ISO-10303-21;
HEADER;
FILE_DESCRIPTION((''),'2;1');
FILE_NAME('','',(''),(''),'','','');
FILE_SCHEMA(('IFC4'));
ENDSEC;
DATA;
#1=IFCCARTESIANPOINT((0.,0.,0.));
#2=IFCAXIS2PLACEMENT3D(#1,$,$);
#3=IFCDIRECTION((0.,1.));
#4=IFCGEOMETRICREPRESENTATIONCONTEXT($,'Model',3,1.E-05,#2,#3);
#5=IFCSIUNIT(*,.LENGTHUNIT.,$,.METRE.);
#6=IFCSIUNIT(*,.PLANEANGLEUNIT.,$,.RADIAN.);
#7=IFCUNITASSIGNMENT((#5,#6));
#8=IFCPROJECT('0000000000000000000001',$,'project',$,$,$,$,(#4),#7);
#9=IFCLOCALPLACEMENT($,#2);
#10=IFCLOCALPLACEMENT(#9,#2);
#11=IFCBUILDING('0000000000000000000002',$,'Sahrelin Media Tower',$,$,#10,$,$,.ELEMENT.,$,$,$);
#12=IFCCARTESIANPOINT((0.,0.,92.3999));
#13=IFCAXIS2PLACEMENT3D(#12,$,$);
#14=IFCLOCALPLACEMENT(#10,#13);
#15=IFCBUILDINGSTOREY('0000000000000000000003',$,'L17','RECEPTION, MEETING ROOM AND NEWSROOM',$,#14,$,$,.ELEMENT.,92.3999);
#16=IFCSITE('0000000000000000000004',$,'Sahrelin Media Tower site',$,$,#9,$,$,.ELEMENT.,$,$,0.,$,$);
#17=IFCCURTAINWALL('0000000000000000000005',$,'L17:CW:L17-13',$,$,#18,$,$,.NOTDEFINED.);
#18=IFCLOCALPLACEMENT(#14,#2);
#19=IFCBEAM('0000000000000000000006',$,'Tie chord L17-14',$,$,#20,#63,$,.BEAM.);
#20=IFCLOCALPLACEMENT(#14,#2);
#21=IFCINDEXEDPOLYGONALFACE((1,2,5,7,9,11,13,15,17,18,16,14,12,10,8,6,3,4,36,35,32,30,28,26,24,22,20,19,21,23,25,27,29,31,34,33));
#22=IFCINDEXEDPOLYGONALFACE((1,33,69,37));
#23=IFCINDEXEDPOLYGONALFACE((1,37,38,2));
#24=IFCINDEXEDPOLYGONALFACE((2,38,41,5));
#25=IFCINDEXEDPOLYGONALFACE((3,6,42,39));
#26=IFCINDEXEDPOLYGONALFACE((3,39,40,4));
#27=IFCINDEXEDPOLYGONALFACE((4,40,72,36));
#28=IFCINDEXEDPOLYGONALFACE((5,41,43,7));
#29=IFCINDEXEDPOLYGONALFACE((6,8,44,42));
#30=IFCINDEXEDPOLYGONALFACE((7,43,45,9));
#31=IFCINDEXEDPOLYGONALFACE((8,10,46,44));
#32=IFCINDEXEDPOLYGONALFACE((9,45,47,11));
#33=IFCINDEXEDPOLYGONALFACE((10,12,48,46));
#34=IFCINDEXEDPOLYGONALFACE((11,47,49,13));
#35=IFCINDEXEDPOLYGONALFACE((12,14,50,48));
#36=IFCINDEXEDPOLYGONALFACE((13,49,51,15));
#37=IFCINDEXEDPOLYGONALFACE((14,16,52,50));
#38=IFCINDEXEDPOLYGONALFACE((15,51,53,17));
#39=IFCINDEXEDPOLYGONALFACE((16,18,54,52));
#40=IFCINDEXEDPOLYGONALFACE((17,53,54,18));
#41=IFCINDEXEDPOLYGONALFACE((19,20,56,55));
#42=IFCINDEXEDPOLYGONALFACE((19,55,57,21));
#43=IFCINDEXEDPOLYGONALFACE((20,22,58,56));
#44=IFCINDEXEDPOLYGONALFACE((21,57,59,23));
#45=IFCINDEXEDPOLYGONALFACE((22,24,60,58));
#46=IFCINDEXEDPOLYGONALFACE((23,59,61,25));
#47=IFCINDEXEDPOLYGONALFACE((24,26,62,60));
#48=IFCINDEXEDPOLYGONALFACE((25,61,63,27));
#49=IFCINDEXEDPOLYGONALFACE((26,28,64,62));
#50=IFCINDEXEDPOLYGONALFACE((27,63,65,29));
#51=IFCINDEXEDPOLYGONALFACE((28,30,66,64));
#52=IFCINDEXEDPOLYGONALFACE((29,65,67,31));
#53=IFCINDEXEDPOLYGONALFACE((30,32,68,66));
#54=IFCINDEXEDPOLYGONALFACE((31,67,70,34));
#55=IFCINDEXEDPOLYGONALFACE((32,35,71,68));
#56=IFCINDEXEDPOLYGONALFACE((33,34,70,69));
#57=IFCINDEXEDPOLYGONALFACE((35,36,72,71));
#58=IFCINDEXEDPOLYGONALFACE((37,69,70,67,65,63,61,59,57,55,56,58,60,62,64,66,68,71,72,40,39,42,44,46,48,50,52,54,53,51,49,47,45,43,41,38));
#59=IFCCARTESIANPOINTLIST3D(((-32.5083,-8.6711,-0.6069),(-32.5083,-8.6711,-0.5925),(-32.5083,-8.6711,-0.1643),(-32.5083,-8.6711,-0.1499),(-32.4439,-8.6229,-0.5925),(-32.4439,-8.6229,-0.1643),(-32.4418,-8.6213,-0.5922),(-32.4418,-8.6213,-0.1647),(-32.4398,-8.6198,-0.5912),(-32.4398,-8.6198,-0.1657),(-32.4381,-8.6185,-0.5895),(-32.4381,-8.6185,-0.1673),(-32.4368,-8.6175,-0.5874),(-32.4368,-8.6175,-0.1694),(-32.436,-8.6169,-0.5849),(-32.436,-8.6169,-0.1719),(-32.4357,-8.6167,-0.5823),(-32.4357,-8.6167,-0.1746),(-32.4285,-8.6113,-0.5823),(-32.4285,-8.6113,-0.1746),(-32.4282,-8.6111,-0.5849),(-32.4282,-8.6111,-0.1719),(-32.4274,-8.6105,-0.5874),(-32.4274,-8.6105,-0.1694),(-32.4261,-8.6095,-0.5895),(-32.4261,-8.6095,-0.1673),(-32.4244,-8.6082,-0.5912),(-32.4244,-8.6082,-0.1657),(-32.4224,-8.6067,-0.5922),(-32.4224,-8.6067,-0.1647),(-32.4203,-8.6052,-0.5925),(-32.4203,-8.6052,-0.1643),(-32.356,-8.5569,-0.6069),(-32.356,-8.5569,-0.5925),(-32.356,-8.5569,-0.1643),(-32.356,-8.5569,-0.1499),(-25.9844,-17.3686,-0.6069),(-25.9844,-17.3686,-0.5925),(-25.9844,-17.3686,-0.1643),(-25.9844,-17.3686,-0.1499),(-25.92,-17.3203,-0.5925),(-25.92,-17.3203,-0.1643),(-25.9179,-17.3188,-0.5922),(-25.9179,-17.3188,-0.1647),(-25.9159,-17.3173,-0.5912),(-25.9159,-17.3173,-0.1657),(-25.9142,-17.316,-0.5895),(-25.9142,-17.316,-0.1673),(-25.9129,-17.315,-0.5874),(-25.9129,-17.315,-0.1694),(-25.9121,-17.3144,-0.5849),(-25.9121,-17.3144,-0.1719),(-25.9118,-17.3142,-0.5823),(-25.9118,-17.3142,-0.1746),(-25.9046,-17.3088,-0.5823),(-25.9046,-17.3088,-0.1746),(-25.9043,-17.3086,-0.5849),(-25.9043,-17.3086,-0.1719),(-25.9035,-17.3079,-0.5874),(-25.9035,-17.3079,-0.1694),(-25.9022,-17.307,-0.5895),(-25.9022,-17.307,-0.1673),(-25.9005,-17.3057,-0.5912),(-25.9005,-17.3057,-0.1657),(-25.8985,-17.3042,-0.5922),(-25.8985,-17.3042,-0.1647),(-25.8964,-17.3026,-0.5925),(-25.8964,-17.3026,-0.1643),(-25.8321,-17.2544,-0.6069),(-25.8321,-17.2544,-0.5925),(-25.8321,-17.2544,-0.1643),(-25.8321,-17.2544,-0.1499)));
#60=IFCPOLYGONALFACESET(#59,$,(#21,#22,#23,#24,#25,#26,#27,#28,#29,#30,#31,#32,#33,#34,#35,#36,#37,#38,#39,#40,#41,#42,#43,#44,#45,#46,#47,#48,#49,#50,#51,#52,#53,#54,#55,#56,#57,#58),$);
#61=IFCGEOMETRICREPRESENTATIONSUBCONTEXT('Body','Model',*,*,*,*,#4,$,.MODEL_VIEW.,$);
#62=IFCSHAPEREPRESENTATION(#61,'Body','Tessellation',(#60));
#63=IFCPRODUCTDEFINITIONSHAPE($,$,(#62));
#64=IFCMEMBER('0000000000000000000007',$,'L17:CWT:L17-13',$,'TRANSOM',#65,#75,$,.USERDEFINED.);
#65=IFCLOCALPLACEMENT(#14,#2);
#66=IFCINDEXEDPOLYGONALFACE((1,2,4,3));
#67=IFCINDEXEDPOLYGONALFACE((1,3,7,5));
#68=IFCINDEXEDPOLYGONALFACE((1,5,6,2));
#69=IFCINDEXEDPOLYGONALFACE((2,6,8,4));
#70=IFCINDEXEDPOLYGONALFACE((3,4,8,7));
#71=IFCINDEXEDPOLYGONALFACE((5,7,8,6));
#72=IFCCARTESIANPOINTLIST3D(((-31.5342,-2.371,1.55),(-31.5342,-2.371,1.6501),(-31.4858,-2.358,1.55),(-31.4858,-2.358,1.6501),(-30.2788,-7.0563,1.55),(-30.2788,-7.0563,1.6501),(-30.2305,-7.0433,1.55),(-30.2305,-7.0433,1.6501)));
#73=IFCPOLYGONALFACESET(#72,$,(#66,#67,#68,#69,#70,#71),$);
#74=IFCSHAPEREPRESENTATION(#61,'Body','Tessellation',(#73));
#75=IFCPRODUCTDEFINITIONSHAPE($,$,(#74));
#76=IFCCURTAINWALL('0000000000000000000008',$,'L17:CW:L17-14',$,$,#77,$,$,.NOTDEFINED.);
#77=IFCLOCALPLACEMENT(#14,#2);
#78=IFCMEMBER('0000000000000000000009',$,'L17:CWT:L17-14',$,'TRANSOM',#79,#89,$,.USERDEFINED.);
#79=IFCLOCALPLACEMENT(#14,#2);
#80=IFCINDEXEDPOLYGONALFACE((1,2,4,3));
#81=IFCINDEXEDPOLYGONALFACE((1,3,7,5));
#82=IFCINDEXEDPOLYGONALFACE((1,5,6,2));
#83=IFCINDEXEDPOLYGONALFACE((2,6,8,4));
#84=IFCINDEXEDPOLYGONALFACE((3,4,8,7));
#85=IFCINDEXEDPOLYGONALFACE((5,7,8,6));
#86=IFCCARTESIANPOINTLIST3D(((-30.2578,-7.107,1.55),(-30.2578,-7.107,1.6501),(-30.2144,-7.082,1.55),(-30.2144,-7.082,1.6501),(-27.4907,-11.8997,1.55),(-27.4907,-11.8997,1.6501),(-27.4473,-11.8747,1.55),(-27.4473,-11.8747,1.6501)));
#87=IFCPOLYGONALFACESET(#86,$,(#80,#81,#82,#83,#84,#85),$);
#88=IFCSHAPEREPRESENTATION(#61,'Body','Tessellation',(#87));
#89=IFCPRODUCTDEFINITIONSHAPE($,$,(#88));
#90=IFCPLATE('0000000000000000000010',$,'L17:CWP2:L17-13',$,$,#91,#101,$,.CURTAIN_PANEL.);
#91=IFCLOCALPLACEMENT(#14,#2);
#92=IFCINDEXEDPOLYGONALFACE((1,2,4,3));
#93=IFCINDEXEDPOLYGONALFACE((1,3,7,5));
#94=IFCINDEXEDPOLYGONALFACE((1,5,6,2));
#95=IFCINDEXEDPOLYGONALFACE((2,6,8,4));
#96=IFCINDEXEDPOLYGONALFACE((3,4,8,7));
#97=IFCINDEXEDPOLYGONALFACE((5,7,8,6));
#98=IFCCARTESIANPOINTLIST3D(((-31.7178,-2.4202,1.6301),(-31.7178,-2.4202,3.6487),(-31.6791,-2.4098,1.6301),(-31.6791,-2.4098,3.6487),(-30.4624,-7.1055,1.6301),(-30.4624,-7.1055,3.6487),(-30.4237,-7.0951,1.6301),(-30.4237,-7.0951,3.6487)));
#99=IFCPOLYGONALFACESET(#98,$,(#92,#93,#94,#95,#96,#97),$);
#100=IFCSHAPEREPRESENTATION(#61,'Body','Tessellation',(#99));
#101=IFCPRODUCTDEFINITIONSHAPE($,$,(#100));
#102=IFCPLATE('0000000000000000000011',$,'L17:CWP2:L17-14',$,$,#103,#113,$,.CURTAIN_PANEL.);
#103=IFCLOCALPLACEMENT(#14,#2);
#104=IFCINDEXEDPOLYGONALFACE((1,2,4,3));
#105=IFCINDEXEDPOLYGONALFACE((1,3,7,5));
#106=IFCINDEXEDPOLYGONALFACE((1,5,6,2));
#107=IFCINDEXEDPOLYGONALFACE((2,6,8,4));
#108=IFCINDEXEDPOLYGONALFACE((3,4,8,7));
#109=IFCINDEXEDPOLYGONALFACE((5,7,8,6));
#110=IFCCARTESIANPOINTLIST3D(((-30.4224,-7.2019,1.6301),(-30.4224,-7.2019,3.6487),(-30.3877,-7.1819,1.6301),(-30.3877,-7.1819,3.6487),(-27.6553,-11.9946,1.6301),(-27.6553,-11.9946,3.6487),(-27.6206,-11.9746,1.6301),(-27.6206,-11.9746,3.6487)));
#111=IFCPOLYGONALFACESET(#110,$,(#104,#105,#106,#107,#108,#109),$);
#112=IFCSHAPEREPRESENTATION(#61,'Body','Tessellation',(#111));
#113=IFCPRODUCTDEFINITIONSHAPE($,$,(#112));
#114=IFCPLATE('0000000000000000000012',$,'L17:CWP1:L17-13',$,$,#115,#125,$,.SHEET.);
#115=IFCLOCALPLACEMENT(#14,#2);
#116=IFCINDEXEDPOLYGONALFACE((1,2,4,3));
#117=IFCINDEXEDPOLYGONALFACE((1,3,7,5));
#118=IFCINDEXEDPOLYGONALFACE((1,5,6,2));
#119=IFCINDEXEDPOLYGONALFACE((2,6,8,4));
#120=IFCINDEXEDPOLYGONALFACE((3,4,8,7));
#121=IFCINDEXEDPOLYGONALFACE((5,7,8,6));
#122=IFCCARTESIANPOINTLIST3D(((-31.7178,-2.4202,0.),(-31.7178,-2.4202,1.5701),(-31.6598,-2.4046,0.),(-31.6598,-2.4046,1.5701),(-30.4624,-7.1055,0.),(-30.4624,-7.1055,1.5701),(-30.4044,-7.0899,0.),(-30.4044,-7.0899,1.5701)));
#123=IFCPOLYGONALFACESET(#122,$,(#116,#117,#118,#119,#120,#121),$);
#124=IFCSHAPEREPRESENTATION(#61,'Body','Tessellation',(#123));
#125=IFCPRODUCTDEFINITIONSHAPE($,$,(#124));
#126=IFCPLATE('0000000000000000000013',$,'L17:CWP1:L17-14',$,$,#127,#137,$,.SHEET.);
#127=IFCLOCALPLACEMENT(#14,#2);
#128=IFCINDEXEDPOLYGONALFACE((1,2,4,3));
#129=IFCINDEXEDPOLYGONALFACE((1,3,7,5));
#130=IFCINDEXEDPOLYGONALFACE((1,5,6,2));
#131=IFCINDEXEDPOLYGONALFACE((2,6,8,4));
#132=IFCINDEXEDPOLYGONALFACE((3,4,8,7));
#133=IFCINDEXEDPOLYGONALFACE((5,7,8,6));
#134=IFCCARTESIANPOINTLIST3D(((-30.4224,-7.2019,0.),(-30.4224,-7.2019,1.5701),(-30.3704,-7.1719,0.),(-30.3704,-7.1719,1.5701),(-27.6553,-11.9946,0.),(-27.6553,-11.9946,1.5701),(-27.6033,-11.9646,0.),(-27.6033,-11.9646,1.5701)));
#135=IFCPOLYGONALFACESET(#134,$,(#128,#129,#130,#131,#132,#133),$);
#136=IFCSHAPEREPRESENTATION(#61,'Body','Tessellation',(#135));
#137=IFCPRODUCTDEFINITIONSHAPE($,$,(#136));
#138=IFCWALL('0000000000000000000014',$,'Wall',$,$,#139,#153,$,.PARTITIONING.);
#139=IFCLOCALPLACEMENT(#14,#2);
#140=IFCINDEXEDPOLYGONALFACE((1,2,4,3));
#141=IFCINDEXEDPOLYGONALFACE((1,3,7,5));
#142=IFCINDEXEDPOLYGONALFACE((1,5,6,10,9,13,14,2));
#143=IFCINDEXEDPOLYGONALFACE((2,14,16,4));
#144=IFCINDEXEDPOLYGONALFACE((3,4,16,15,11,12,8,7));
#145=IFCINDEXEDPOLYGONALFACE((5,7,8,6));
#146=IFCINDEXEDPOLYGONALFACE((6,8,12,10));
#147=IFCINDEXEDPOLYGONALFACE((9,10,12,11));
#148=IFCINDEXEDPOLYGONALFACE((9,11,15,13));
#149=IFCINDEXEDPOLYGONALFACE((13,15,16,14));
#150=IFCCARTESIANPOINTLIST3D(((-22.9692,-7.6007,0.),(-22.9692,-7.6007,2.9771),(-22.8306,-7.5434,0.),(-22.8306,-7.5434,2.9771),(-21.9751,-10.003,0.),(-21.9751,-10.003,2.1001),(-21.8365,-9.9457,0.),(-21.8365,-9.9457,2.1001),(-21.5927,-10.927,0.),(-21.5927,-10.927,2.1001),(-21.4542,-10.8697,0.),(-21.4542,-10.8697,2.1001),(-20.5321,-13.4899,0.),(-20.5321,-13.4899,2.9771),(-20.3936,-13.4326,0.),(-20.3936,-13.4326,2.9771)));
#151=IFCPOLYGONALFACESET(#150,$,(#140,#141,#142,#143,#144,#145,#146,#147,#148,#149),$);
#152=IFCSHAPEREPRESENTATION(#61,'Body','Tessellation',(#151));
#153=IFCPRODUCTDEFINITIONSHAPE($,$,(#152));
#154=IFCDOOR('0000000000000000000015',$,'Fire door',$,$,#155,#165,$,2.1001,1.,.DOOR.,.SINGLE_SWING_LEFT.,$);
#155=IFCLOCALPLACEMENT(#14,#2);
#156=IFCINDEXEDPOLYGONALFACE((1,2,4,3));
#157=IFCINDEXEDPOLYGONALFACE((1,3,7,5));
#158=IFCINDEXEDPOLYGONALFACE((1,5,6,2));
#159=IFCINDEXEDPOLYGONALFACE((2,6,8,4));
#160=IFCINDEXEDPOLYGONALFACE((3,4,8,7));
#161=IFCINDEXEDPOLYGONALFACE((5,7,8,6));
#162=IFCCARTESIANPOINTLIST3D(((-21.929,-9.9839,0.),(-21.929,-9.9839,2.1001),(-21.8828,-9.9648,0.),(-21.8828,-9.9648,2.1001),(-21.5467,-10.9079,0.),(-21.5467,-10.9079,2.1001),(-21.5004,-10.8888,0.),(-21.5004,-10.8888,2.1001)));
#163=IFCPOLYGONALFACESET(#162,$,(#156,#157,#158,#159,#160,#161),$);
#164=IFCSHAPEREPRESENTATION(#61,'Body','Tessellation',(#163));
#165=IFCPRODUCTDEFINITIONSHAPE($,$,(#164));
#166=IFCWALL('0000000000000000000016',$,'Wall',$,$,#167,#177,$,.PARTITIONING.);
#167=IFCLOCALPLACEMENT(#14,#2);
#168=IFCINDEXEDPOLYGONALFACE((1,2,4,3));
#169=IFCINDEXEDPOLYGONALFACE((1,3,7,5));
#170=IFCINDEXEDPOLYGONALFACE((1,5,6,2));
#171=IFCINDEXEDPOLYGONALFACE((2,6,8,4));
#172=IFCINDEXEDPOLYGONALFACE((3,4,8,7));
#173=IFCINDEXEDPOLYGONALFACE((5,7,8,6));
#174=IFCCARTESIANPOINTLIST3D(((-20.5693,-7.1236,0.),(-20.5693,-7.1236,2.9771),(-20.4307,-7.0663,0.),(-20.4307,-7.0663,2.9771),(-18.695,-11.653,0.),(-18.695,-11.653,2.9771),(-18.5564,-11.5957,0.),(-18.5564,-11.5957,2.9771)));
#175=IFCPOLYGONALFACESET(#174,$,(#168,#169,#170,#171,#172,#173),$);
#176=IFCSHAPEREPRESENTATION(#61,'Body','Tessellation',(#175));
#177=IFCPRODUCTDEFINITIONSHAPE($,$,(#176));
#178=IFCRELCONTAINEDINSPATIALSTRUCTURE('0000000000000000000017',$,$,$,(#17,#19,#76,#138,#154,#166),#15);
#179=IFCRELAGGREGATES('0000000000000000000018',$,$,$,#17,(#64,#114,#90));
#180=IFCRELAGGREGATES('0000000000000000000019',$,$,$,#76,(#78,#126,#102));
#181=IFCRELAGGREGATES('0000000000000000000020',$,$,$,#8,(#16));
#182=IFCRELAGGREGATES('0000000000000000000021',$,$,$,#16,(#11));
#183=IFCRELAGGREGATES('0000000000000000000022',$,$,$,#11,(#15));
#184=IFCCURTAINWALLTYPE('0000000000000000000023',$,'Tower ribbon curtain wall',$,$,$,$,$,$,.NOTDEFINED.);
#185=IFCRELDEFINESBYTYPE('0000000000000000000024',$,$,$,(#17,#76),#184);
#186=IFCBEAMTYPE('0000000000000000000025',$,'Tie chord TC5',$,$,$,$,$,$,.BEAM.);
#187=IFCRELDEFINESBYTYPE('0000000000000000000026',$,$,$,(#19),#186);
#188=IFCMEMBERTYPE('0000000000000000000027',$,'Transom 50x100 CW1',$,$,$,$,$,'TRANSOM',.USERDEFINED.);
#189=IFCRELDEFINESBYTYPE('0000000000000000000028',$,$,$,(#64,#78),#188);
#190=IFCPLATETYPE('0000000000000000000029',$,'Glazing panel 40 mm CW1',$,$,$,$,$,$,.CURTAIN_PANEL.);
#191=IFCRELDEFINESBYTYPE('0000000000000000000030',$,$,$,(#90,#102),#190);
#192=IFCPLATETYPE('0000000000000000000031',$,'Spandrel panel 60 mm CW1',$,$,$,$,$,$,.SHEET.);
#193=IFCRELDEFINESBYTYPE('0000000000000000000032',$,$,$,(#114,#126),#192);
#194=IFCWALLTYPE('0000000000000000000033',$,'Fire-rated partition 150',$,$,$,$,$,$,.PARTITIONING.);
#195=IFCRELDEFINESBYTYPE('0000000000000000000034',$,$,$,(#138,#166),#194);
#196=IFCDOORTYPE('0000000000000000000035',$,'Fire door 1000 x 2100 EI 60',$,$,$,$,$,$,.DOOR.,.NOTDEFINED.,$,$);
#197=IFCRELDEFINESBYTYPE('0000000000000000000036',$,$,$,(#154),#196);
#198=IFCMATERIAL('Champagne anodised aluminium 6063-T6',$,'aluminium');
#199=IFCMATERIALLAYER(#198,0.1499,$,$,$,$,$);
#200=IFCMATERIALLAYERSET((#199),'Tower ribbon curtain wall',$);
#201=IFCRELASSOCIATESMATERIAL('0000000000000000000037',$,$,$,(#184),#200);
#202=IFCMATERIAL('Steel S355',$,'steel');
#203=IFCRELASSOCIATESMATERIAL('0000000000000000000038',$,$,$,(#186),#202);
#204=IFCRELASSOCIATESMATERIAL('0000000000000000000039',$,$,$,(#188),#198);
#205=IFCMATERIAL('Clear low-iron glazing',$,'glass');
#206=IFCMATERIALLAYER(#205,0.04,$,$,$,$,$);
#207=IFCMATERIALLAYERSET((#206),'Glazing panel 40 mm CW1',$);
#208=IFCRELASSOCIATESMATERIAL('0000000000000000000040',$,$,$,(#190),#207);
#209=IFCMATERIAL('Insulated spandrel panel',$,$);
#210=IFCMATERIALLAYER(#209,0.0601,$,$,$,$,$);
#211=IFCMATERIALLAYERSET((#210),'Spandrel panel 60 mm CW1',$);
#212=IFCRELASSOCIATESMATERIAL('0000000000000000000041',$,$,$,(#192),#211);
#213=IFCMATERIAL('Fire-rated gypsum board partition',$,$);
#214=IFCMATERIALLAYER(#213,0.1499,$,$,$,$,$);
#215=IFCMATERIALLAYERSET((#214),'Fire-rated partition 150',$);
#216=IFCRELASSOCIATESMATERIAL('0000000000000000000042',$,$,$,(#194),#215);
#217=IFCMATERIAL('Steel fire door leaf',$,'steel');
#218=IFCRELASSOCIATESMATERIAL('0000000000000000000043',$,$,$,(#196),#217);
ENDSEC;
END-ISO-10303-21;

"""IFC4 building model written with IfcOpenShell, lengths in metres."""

from ifc_helpers import new_model, si_unit, direction, frame, frame_2d, origin, origin_2d, place, context, subcontext, project, spatial, polyline, rectangle, i_section, outline, extrude, material, layer, layer_set, material_profile, profile_set, type_object, element, fill, aggregate, save


model = new_model("IFC4")

# Units and contexts
model_context = context("Model", 3, precision=1e-05, world=origin(), true_north=direction((0.0, 1.0)))
body_context = subcontext(model_context, "Body", "Model", "MODEL_VIEW")
ifc_project = project(units=[si_unit("LENGTHUNIT", "METRE"), si_unit("PLANEANGLEUNIT", "RADIAN")], contexts=[model_context])

# Site, building, storey
site_placement = place(None, origin())
site = spatial("IfcSite", under=ifc_project, at=site_placement, Name="Sahrelin Media Tower site", CompositionType="ELEMENT", RefElevation=0.0)
building_placement = place(site_placement, origin())
building = spatial("IfcBuilding", under=site, at=building_placement, Name="Sahrelin Media Tower", CompositionType="ELEMENT")
storey_placement = place(building_placement, frame((0.0, 0.0, 92.3999)))
storey = spatial("IfcBuildingStorey", under=building, at=storey_placement, Name="L17", Description="RECEPTION, MEETING ROOM AND NEWSROOM", CompositionType="ELEMENT", Elevation=92.3999)

# Shared definitions
ifc_material_1 = material(Name="Steel S355", Category="steel")

# Curtain wall
ifc_material_2 = material(Name="Champagne anodised aluminium 6063-T6", Category="aluminium")
ifc_layer_1 = layer(ifc_material_2, 0.1499)
ifc_layer_set_1 = layer_set([ifc_layer_1], Name="Tower ribbon curtain wall")
curtain_wall_type = type_object("IfcCurtainWallType", Name="Tower ribbon curtain wall", PredefinedType="NOTDEFINED", material=ifc_layer_set_1)
curtain_wall_1_placement = place(storey_placement, frame((-31.0708, -4.7576, 0.0), z_axis=(0.0, 0.0, 1.0), x_axis=(1.0, 0.0, 0.0)))
curtain_wall_1 = element("IfcCurtainWall", 1, at=curtain_wall_1_placement, inside=storey, type_object=curtain_wall_type, Name="L17:CW:L17-13", PredefinedType="NOTDEFINED")

# Beam
ifc_material_profile_1 = material_profile(ifc_material_1, i_section(OverallWidth=0.1904, OverallDepth=0.457, WebThickness=0.009, FlangeThickness=0.0144, FilletRadius=0.0103, at=origin_2d()), Name="UB 457x191x74")
ifc_profile_set_1 = profile_set([ifc_material_profile_1], Name="Steel S355")
beam_type_1 = type_object("IfcBeamType", Name="Tie chord TC5", PredefinedType="BEAM", material=ifc_profile_set_1)
beam_1_placement = place(storey_placement, frame((-32.4321, -8.614, -0.3784), z_axis=(0.600047, -0.799965, 0.0), x_axis=(0.799965, 0.600047, 0.0)))
element("IfcBeam", 2, at=beam_1_placement, inside=storey, type_object=beam_type_1, Name="Tie chord L17-14", PredefinedType="BEAM", context=body_context, shape_type="SweptSolid", body=[
    extrude(i_section(OverallWidth=0.1904, OverallDepth=0.457, WebThickness=0.009, FlangeThickness=0.0144, FilletRadius=0.0103, at=origin_2d()), origin(), (0.0, 0.0, 1.0), 10.8723),
])

# Member
ifc_material_profile_2 = material_profile(ifc_material_2, rectangle(XDim=0.05, YDim=0.1001, at=origin_2d()), Name="Transom 50x100")
ifc_profile_set_2 = profile_set([ifc_material_profile_2], Name="Champagne anodised aluminium 6063-T6")
member_type_1 = type_object("IfcMemberType", Name="Transom 50x100 CW1", ElementType="TRANSOM", PredefinedType="USERDEFINED", material=ifc_profile_set_2)
member_1_placement = place(storey_placement, frame((-31.51, -2.3645, 1.6001), z_axis=(0.258809, -0.965929, 0.0), x_axis=(0.965929, 0.258809, 0.0)))
member_1 = element("IfcMember", 3, at=member_1_placement, type_object=member_type_1, Name="L17:CWT:L17-13", ObjectType="TRANSOM", PredefinedType="USERDEFINED", context=body_context, shape_type="SweptSolid", body=[
    extrude(rectangle(XDim=0.05, YDim=0.1001, at=origin_2d()), origin(), (0.0, 0.0, 1.0), 4.8506),
])

# Curtain wall, member
curtain_wall_2_placement = place(storey_placement, frame((-29.0215, -9.5884, 0.0), z_axis=(0.0, 0.0, 1.0), x_axis=(1.0, 0.0, 0.0)))
curtain_wall_2 = element("IfcCurtainWall", 4, at=curtain_wall_2_placement, inside=storey, type_object=curtain_wall_type, Name="L17:CW:L17-14", PredefinedType="NOTDEFINED")
member_2_placement = place(storey_placement, frame((-30.2361, -7.0945, 1.6001), z_axis=(0.500001, -0.866025, 0.0), x_axis=(0.866025, 0.500001, 0.0)))
member_2 = element("IfcMember", 5, at=member_2_placement, type_object=member_type_1, Name="L17:CWT:L17-14", ObjectType="TRANSOM", PredefinedType="USERDEFINED", context=body_context, shape_type="SweptSolid", body=[
    extrude(rectangle(XDim=0.05, YDim=0.1001, at=origin_2d()), origin(), (0.0, 0.0, 1.0), 5.5342),
])

# Plates
ifc_material_3 = material(Name="Clear low-iron glazing", Category="glass")
ifc_layer_2 = layer(ifc_material_3, 0.04)
ifc_layer_set_2 = layer_set([ifc_layer_2], Name="Glazing panel 40 mm CW1")
plate_type_1 = type_object("IfcPlateType", Name="Glazing panel 40 mm CW1", PredefinedType="CURTAIN_PANEL", material=ifc_layer_set_2)
plate_1_placement = place(storey_placement, frame((-31.7178, -2.4202, 1.6301), z_axis=(-0.965929, -0.258809, 0.0), x_axis=(0.258809, -0.965929, 0.0)))
plate_1 = element("IfcPlate", 6, at=plate_1_placement, type_object=plate_type_1, Name="L17:CWP2:L17-13", PredefinedType="CURTAIN_PANEL", context=body_context, shape_type="SweptSolid", body=[
    extrude(outline(polyline([(0.0, 0.0), (4.8506, 0.0), (4.8506, 2.0186), (0.0, 2.0186), (0.0, 0.0)])), origin(), (0.0, 0.0, -1.0), 0.04),
])
plate_2_placement = place(storey_placement, frame((-30.4224, -7.2019, 1.6301), z_axis=(-0.866025, -0.500001, 0.0), x_axis=(0.500001, -0.866025, 0.0)))
plate_2 = element("IfcPlate", 7, at=plate_2_placement, type_object=plate_type_1, Name="L17:CWP2:L17-14", PredefinedType="CURTAIN_PANEL", context=body_context, shape_type="SweptSolid", body=[
    extrude(outline(polyline([(0.0, 0.0), (5.5342, 0.0), (5.5342, 2.0186), (0.0, 2.0186), (0.0, 0.0)])), origin(), (0.0, 0.0, -1.0), 0.04),
])
ifc_material_4 = material(Name="Insulated spandrel panel")
ifc_layer_3 = layer(ifc_material_4, 0.0601)
ifc_layer_set_3 = layer_set([ifc_layer_3], Name="Spandrel panel 60 mm CW1")
plate_type_2 = type_object("IfcPlateType", Name="Spandrel panel 60 mm CW1", PredefinedType="SHEET", material=ifc_layer_set_3)
plate_3_placement = place(storey_placement, frame((-31.7178, -2.4202, 0.0), z_axis=(-0.965929, -0.258809, 0.0), x_axis=(0.258809, -0.965929, 0.0)))
plate_3 = element("IfcPlate", 8, at=plate_3_placement, type_object=plate_type_2, Name="L17:CWP1:L17-13", PredefinedType="SHEET", context=body_context, shape_type="SweptSolid", body=[
    extrude(outline(polyline([(0.0, 0.0), (4.8506, 0.0), (4.8506, 1.5701), (0.0, 1.5701), (0.0, 0.0)])), origin(), (0.0, 0.0, -1.0), 0.0601),
])
aggregate(curtain_wall_1, [member_1, plate_3, plate_1])
plate_4_placement = place(storey_placement, frame((-30.4224, -7.2019, 0.0), z_axis=(-0.866025, -0.500001, 0.0), x_axis=(0.500001, -0.866025, 0.0)))
plate_4 = element("IfcPlate", 9, at=plate_4_placement, type_object=plate_type_2, Name="L17:CWP1:L17-14", PredefinedType="SHEET", context=body_context, shape_type="SweptSolid", body=[
    extrude(outline(polyline([(0.0, 0.0), (5.5342, 0.0), (5.5342, 1.5701), (0.0, 1.5701), (0.0, 0.0)])), origin(), (0.0, 0.0, -1.0), 0.0601),
])
aggregate(curtain_wall_2, [member_2, plate_4, plate_2])

# Wall, opening, door
ifc_material_5 = material(Name="Fire-rated gypsum board partition")
ifc_layer_4 = layer(ifc_material_5, 0.1499)
ifc_layer_set_4 = layer_set([ifc_layer_4], Name="Fire-rated partition 150")
wall_type_1 = type_object("IfcWallType", Name="Fire-rated partition 150", PredefinedType="PARTITIONING", material=ifc_layer_set_4)
wall_1_placement = place(storey_placement, frame((-22.8999, -7.572, 0.0), z_axis=(0.0, 0.0, 1.0), x_axis=(0.382368, -0.92401, 0.0)))
wall_1 = element("IfcWall", 10, at=wall_1_placement, inside=storey, type_object=wall_type_1, Name="Wall", PredefinedType="PARTITIONING", context=body_context, shape_type="SweptSolid", body=[
    extrude(rectangle(XDim=6.3735, YDim=0.1499, at=frame_2d((3.1868, 0.0))), origin(), (0.0, 0.0, 1.0), 2.9771),
])
opening_1_placement = place(wall_1_placement, frame((2.5999, 0.0, 0.0)))
opening_1 = element("IfcOpeningElement", 11, at=opening_1_placement, cuts=wall_1, PredefinedType="OPENING", context=body_context, shape_type="SweptSolid", body=[
    extrude(rectangle(XDim=1.0, YDim=2.1001, at=frame_2d((0.5, 1.05))), frame((0.0, 0.075, 0.0), z_axis=(0.0, -1.0, 0.0), x_axis=(1.0, 0.0, 0.0)), (0.0, 0.0, 1.0), 0.1499),
])
ifc_material_6 = material(Name="Steel fire door leaf", Category="steel")
door_type_1 = type_object("IfcDoorType", Name="Fire door 1000 x 2100 EI 60", OperationType="NOTDEFINED", PredefinedType="DOOR", material=ifc_material_6)
door_1_placement = place(opening_1_placement, origin())
door_1 = element("IfcDoor", 12, at=door_1_placement, inside=storey, type_object=door_type_1, Name="Fire door", OperationType="SINGLE_SWING_LEFT", OverallHeight=2.1001, OverallWidth=1.0, PredefinedType="DOOR", context=body_context, shape_type="SweptSolid", body=[
    extrude(rectangle(XDim=1.0, YDim=2.1001, at=frame_2d((0.5, 1.05))), frame((0.0, 0.0249, 0.0), z_axis=(0.0, -1.0, 0.0), x_axis=(1.0, 0.0, 0.0)), (0.0, 0.0, 1.0), 0.05),
])
fill(opening_1, door_1)

# Wall
wall_2_placement = place(storey_placement, frame((-20.5, -7.095, 0.0), z_axis=(0.0, 0.0, 1.0), x_axis=(0.382365, -0.924011, 0.0)))
element("IfcWall", 13, at=wall_2_placement, inside=storey, type_object=wall_type_1, Name="Wall", PredefinedType="PARTITIONING", context=body_context, shape_type="SweptSolid", body=[
    extrude(rectangle(XDim=4.9019, YDim=0.1499, at=frame_2d((2.4509, 0.0))), origin(), (0.0, 0.0, 1.0), 2.9771),
])

save(model, "model.ifc")
